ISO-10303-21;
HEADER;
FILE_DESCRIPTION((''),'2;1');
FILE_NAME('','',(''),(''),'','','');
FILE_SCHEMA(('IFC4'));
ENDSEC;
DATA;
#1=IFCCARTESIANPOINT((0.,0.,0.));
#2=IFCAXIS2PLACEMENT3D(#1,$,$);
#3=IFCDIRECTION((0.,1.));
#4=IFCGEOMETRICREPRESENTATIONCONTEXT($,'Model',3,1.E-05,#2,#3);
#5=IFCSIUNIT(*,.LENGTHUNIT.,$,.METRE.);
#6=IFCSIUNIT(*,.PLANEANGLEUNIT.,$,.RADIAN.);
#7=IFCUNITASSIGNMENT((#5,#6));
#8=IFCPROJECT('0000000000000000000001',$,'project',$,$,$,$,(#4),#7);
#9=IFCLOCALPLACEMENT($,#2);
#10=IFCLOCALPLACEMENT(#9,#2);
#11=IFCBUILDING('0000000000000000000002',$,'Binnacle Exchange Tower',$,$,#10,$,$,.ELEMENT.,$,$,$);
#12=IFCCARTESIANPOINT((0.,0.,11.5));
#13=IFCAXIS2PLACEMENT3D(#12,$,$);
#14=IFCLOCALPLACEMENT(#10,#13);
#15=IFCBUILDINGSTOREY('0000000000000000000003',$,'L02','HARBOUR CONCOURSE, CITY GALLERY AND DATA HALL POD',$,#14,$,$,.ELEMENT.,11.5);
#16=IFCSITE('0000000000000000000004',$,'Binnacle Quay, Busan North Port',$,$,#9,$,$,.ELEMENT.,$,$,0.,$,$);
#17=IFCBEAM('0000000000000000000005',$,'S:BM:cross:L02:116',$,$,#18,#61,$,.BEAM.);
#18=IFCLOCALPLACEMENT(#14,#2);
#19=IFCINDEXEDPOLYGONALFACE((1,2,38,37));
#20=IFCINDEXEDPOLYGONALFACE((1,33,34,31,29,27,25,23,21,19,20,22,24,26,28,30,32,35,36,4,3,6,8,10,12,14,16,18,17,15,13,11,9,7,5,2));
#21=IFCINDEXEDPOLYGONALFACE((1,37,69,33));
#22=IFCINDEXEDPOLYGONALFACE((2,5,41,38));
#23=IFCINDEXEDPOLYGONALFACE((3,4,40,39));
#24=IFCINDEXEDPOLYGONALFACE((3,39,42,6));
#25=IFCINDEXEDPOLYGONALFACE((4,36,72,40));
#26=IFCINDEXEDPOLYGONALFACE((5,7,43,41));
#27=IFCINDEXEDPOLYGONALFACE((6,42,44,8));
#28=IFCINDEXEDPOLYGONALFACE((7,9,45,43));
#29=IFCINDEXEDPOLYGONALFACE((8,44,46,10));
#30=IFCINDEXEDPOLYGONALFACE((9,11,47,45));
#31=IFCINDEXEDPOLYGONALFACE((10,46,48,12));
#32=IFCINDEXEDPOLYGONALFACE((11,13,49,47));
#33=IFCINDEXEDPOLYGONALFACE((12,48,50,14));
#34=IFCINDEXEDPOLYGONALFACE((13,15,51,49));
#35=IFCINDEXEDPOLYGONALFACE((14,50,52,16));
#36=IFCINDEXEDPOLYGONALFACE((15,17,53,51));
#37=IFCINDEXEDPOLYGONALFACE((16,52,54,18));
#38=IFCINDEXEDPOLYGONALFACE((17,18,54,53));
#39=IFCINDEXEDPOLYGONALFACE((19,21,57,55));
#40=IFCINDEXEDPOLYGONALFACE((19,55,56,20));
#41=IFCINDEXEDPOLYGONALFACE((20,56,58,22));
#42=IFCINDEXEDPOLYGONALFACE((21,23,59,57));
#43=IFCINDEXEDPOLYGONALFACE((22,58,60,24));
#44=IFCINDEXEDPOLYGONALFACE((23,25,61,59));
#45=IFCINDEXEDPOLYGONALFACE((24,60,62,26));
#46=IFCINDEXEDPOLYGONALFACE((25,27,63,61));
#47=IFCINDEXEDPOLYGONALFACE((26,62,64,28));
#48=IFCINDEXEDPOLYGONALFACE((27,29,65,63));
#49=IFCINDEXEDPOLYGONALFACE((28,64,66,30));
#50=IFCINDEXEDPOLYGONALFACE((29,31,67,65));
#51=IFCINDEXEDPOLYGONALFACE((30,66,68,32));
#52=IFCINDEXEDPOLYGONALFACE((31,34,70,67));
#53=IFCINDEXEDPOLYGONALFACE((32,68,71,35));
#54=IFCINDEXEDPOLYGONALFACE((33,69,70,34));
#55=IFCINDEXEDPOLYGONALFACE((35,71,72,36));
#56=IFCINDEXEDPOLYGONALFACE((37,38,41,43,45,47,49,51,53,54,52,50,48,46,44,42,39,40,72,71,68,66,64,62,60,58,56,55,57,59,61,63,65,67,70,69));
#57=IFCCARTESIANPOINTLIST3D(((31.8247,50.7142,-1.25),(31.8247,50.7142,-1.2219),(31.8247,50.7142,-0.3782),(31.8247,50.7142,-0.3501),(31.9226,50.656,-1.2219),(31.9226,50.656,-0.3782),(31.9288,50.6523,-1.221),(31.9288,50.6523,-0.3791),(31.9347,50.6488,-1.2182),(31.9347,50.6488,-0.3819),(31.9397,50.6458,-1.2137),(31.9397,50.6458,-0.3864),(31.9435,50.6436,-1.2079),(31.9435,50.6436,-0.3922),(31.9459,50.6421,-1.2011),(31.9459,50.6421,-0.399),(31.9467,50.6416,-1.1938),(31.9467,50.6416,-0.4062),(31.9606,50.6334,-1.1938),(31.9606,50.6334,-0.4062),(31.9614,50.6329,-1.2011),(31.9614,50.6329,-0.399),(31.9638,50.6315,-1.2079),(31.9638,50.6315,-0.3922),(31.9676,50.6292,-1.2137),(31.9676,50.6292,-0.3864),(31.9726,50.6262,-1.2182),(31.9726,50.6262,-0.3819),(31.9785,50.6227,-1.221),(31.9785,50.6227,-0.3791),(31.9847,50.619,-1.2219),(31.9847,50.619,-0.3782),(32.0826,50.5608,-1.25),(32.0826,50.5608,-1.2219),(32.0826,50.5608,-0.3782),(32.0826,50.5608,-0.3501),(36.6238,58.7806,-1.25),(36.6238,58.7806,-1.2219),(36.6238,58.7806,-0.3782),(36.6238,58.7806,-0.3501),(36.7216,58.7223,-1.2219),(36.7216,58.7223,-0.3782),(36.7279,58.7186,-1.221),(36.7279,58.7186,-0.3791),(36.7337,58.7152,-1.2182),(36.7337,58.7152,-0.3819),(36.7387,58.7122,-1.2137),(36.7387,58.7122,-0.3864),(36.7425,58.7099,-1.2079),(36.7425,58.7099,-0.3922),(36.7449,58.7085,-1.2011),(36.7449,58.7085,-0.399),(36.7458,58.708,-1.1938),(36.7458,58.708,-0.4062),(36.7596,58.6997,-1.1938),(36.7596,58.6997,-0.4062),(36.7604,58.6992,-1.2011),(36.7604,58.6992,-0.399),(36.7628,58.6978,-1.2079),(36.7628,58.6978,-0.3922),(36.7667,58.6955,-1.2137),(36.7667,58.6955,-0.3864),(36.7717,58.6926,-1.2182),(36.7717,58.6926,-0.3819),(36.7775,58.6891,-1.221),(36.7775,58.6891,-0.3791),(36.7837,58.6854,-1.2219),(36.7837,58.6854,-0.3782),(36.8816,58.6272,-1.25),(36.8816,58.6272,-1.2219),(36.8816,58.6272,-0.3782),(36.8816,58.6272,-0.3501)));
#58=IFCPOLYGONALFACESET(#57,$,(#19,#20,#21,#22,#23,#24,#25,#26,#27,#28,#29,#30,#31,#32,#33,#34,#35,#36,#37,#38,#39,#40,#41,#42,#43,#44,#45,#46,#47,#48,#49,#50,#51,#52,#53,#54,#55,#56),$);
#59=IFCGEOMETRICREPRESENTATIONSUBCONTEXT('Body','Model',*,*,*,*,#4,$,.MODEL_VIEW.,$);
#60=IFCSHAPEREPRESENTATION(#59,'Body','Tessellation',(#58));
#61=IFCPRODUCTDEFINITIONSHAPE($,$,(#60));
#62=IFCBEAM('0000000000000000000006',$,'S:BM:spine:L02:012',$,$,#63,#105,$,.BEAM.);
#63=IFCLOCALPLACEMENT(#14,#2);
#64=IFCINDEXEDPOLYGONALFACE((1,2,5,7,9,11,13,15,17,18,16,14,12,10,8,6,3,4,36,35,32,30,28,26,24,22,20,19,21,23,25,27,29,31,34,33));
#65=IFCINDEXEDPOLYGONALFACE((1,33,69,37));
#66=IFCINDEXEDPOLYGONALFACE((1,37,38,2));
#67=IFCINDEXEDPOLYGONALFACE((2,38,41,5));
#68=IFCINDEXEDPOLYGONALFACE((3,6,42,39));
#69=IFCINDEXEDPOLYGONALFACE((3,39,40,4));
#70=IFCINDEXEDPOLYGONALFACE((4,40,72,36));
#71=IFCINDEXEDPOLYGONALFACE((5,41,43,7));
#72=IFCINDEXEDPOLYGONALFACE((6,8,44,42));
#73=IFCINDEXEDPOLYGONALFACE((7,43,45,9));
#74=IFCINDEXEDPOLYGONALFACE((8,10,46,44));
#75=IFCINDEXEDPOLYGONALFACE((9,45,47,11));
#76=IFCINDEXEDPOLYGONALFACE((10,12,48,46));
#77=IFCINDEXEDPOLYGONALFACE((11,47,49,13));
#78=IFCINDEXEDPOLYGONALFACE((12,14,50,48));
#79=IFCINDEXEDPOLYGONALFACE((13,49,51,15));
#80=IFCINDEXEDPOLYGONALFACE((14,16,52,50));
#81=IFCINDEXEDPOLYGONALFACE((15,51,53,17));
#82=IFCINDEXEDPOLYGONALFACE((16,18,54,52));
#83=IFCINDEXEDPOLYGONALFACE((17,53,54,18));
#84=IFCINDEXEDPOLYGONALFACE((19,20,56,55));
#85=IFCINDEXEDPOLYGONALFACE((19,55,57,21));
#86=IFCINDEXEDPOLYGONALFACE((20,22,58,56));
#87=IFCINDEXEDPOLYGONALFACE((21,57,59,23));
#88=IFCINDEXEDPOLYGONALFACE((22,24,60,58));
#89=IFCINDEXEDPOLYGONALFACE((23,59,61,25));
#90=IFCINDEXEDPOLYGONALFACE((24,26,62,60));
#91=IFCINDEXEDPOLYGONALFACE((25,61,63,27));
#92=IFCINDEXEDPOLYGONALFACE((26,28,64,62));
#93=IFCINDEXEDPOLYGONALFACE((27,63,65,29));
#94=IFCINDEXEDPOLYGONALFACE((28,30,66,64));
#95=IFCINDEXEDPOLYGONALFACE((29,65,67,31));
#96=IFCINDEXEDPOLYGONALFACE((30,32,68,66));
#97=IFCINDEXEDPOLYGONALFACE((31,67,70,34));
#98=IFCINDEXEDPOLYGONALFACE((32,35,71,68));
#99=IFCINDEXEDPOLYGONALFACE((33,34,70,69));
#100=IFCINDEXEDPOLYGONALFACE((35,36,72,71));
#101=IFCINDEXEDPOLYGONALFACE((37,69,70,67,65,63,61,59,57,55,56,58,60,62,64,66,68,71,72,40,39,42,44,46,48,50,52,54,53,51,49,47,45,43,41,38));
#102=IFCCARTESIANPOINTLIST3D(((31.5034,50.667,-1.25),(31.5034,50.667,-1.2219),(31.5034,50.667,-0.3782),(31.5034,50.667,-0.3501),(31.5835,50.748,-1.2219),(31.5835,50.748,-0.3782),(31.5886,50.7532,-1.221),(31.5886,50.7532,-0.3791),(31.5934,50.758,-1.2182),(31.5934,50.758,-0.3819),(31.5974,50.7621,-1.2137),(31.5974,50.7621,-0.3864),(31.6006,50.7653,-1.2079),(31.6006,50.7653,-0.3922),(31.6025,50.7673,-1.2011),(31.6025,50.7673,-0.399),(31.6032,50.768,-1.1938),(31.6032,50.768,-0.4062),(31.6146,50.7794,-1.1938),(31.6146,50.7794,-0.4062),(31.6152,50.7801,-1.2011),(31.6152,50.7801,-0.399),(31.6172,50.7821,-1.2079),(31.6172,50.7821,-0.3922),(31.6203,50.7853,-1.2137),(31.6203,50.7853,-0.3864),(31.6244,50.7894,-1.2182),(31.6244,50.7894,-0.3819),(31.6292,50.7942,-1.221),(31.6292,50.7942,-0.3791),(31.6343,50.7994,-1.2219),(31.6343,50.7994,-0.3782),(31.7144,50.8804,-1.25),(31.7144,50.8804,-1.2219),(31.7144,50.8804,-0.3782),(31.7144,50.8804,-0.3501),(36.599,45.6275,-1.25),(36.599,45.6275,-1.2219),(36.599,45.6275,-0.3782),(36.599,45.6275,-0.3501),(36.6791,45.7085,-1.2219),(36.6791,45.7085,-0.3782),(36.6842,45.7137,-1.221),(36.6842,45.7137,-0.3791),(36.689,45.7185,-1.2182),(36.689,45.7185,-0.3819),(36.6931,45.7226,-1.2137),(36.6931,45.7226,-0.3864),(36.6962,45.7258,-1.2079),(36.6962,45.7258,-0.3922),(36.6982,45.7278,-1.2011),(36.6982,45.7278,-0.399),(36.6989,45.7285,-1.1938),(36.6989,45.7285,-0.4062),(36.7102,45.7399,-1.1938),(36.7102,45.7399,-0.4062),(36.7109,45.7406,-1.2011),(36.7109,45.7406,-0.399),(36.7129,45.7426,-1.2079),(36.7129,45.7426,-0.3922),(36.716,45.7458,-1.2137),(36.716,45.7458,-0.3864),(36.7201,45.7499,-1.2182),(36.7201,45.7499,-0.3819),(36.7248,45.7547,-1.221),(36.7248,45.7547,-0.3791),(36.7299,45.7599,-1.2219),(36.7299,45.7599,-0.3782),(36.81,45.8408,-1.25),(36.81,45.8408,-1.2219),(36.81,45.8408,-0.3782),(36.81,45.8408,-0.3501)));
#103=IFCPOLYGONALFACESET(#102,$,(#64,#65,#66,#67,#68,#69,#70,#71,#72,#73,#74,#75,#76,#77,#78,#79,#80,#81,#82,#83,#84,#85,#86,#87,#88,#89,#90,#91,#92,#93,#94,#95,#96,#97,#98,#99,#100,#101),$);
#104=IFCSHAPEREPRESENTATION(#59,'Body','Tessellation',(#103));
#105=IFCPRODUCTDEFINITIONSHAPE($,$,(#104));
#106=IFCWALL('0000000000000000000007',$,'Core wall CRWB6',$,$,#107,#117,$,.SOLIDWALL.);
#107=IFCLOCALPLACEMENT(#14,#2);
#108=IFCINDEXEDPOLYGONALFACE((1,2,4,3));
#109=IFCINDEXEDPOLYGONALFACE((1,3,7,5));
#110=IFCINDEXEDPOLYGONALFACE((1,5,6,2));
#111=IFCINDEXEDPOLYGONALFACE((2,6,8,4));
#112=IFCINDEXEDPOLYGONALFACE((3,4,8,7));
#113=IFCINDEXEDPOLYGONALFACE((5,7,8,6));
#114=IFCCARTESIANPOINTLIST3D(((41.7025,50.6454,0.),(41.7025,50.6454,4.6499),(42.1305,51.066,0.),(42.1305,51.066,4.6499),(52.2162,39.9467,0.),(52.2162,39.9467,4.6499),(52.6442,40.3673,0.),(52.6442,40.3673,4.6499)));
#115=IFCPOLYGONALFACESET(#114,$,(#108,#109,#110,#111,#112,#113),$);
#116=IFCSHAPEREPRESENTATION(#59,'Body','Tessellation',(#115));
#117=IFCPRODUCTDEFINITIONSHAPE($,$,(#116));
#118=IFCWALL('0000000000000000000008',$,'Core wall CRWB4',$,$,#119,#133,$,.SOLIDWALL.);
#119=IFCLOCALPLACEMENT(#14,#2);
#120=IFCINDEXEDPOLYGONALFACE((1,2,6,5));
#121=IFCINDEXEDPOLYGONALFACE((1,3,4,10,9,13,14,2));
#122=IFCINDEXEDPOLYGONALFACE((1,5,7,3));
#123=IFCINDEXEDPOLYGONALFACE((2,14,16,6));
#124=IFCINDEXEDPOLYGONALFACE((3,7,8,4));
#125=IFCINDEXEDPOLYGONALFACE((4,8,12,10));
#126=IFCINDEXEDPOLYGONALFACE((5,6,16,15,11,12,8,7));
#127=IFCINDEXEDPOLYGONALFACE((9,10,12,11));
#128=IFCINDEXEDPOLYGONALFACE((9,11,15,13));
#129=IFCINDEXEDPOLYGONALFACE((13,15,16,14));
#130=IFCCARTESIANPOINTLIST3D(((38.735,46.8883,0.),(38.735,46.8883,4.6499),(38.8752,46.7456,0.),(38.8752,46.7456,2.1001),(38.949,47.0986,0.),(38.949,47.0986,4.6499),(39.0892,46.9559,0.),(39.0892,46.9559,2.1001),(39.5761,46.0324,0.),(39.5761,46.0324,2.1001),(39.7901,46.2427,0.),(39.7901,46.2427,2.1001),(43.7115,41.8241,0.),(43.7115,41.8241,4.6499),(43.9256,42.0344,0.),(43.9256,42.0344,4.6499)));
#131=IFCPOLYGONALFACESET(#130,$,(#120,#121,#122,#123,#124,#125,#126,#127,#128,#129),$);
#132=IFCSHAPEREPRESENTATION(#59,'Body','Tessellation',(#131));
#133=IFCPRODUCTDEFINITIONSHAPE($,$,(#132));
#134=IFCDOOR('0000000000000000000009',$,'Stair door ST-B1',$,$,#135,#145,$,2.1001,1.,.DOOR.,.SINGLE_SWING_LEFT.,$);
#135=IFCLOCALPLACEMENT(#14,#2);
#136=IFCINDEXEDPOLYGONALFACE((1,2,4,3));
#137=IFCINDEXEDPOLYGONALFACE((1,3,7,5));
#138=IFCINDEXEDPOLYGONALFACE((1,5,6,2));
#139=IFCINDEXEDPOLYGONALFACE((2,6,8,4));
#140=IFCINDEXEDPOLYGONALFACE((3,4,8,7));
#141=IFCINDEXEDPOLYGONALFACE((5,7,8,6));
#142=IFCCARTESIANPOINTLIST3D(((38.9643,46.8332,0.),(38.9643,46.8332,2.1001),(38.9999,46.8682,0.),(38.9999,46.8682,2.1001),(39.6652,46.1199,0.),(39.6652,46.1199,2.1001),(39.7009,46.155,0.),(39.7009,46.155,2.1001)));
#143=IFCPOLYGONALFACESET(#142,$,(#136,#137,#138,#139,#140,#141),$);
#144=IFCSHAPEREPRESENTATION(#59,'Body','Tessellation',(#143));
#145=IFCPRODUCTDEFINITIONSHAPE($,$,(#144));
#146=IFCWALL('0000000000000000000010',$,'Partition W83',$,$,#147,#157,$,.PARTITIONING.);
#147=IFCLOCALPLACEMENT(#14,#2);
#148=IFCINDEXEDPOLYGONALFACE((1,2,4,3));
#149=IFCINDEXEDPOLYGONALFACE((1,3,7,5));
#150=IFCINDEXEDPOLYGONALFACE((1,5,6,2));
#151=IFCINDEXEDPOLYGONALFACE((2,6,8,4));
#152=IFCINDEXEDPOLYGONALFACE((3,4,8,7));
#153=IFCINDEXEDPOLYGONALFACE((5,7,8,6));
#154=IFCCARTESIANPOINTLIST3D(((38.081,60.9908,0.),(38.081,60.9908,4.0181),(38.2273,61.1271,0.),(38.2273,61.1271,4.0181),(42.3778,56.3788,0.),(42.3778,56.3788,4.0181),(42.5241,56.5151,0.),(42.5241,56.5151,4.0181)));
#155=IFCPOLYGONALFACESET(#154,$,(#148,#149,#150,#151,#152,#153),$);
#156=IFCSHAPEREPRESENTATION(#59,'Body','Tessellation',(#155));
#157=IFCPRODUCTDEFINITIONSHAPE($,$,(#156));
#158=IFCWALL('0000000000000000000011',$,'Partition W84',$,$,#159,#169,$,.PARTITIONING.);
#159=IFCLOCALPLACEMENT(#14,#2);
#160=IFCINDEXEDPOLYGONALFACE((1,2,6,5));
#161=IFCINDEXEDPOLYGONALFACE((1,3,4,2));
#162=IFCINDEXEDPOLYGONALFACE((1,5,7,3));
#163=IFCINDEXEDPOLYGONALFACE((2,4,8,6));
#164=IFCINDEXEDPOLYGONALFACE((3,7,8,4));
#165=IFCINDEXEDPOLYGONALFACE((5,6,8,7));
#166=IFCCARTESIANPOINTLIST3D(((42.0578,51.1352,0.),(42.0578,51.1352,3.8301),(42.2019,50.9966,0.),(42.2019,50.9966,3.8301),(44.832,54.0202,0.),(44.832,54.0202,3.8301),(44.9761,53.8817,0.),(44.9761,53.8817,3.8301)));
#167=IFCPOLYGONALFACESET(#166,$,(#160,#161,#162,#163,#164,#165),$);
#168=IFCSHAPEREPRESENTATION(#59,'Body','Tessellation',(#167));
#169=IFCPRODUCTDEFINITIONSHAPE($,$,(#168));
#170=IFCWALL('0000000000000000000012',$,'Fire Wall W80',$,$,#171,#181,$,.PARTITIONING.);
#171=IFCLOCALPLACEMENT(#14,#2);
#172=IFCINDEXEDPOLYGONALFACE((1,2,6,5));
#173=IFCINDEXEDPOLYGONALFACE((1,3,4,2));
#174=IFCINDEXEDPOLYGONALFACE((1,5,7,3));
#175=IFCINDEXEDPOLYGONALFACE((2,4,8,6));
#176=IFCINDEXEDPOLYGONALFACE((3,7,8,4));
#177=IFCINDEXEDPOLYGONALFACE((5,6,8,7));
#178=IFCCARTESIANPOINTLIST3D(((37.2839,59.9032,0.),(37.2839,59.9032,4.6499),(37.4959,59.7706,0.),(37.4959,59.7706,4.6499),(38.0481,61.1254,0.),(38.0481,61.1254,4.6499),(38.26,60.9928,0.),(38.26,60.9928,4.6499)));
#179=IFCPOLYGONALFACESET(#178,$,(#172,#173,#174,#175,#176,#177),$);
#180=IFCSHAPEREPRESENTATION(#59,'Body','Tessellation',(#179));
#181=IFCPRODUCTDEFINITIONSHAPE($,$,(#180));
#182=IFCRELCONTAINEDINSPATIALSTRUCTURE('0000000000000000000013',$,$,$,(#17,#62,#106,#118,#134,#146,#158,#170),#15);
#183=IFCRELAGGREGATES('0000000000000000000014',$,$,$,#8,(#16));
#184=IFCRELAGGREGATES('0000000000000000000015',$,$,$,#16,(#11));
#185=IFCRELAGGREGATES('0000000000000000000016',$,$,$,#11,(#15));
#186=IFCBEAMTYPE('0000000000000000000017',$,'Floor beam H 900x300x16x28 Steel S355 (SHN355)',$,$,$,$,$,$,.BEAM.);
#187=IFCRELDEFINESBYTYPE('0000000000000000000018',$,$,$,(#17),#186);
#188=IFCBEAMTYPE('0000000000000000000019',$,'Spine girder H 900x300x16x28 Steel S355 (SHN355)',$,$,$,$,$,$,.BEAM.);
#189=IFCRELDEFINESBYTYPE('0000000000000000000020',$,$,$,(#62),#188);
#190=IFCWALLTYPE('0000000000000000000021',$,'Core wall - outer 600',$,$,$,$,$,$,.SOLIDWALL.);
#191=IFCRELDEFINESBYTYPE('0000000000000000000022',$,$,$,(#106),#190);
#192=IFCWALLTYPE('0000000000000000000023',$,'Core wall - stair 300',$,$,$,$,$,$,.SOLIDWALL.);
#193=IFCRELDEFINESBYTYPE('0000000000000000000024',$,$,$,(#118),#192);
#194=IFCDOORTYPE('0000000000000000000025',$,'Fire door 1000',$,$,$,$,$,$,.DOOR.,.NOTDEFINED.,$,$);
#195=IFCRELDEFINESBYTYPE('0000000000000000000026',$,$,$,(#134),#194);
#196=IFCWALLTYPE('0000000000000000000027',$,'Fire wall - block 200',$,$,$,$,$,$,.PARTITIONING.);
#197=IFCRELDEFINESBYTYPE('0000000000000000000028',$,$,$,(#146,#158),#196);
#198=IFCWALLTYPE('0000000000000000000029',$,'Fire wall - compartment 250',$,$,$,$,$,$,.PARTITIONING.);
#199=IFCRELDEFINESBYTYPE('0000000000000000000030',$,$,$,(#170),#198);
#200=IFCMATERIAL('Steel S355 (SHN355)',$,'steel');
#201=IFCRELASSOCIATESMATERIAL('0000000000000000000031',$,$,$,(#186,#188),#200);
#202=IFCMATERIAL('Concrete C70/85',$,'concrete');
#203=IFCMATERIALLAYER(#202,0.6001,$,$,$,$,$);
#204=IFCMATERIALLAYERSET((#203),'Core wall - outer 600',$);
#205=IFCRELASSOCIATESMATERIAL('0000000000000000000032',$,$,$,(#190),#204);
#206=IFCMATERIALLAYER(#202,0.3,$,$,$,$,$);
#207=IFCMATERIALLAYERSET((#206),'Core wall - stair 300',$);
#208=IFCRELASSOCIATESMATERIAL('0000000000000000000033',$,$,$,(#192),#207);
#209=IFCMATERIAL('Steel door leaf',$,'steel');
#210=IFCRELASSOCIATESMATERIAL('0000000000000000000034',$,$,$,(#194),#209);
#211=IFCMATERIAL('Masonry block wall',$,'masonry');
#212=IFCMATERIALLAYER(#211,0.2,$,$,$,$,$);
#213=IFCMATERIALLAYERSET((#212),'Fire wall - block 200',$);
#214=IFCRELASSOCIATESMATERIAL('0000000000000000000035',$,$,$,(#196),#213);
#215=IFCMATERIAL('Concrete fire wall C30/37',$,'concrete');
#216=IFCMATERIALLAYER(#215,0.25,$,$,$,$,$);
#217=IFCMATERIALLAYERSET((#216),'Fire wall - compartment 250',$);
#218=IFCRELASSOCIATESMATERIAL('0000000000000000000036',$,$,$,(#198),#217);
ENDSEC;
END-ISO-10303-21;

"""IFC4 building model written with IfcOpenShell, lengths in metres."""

from ifc_helpers import new_model, si_unit, direction, frame, frame_2d, origin, origin_2d, place, context, subcontext, project, spatial, rectangle, i_section, extrude, material, layer, layer_set, material_profile, profile_set, type_object, element, fill, save


model = new_model("IFC4")

# Units and contexts
model_context = context("Model", 3, precision=1e-05, world=origin(), true_north=direction((0.0, 1.0)))
body_context = subcontext(model_context, "Body", "Model", "MODEL_VIEW")
ifc_project = project(units=[si_unit("LENGTHUNIT", "METRE"), si_unit("PLANEANGLEUNIT", "RADIAN")], contexts=[model_context])

# Site, building, storey
site_placement = place(None, origin())
site = spatial("IfcSite", under=ifc_project, at=site_placement, Name="Binnacle Quay, Busan North Port", CompositionType="ELEMENT", RefElevation=0.0)
building_placement = place(site_placement, origin())
building = spatial("IfcBuilding", under=site, at=building_placement, Name="Binnacle Exchange Tower", CompositionType="ELEMENT")
storey_placement = place(building_placement, frame((0.0, 0.0, 11.5)))
storey = spatial("IfcBuildingStorey", under=building, at=storey_placement, Name="L02", Description="HARBOUR CONCOURSE, CITY GALLERY AND DATA HALL POD", CompositionType="ELEMENT", Elevation=11.5)

# Shared definitions
ifc_material_1 = material(Name="Concrete C70/85", Category="concrete")

# Beams
ifc_material_2 = material(Name="Steel S355 (SHN355)", Category="steel")
ifc_material_profile_1 = material_profile(ifc_material_2, i_section(OverallWidth=0.3, OverallDepth=0.8999, WebThickness=0.0161, FlangeThickness=0.0281, FilletRadius=0.0281, at=origin_2d()), Name="H 900x300x16x28")
ifc_profile_set_1 = profile_set([ifc_material_profile_1], Name="Steel S355 (SHN355)")
beam_type_1 = type_object("IfcBeamType", Name="Floor beam H 900x300x16x28 Steel S355 (SHN355)", PredefinedType="BEAM", material=ifc_profile_set_1)
beam_1_placement = place(storey_placement, frame((36.7527, 58.7039, -0.8), z_axis=(-0.511298, -0.859403, 0.0), x_axis=(0.859403, -0.511298, 0.0)))
element("IfcBeam", 1, at=beam_1_placement, inside=storey, type_object=beam_type_1, Name="S:BM:cross:L02:116", PredefinedType="BEAM", context=body_context, shape_type="SweptSolid", body=[
    extrude(i_section(OverallWidth=0.3, OverallDepth=0.8999, WebThickness=0.0161, FlangeThickness=0.0281, FilletRadius=0.0281, at=origin_2d()), origin(), (0.0, 0.0, 1.0), 9.386),
])
ifc_material_profile_2 = material_profile(ifc_material_2, i_section(OverallWidth=0.3, OverallDepth=0.8999, WebThickness=0.0161, FlangeThickness=0.0281, FilletRadius=0.0281, at=origin_2d()), Name="H 900x300x16x28")
ifc_profile_set_2 = profile_set([ifc_material_profile_2], Name="Steel S355 (SHN355)")
beam_type_2 = type_object("IfcBeamType", Name="Spine girder H 900x300x16x28 Steel S355 (SHN355)", PredefinedType="BEAM", material=ifc_profile_set_2)
beam_2_placement = place(storey_placement, frame((31.6089, 50.7737, -0.8), z_axis=(0.711013, -0.703178, 0.0), x_axis=(0.703178, 0.711013, 0.0)))
element("IfcBeam", 2, at=beam_2_placement, inside=storey, type_object=beam_type_2, Name="S:BM:spine:L02:012", PredefinedType="BEAM", context=body_context, shape_type="SweptSolid", body=[
    extrude(i_section(OverallWidth=0.3, OverallDepth=0.8999, WebThickness=0.0161, FlangeThickness=0.0281, FilletRadius=0.0281, at=origin_2d()), origin(), (0.0, 0.0, 1.0), 7.1667),
])

# Wall
ifc_layer_1 = layer(ifc_material_1, 0.6001)
ifc_layer_set_1 = layer_set([ifc_layer_1], Name="Core wall - outer 600")
wall_type_1 = type_object("IfcWallType", Name="Core wall - outer 600", PredefinedType="SOLIDWALL", material=ifc_layer_set_1)
wall_1_placement = place(storey_placement, frame((41.9165, 50.8557, 0.0), z_axis=(0.0, 0.0, 1.0), x_axis=(0.700911, -0.713248, 0.0)))
element("IfcWall", 3, at=wall_1_placement, inside=storey, type_object=wall_type_1, Name="Core wall CRWB6", PredefinedType="SOLIDWALL", context=body_context, shape_type="SweptSolid", body=[
    extrude(rectangle(XDim=15.0, YDim=0.6001, at=frame_2d((7.5, 0.0))), origin(), (0.0, 0.0, 1.0), 4.6499),
])

# Wall, opening, door
ifc_layer_2 = layer(ifc_material_1, 0.3)
ifc_layer_set_2 = layer_set([ifc_layer_2], Name="Core wall - stair 300")
wall_type_2 = type_object("IfcWallType", Name="Core wall - stair 300", PredefinedType="SOLIDWALL", material=ifc_layer_set_2)
wall_2_placement = place(storey_placement, frame((38.842, 46.9934, 0.0), z_axis=(0.0, 0.0, 1.0), x_axis=(0.700908, -0.713252, 0.0)))
wall_2 = element("IfcWall", 4, at=wall_2_placement, inside=storey, type_object=wall_type_2, Name="Core wall CRWB4", PredefinedType="SOLIDWALL", context=body_context, shape_type="SweptSolid", body=[
    extrude(rectangle(XDim=7.1001, YDim=0.3, at=frame_2d((3.55, 0.0))), origin(), (0.0, 0.0, 1.0), 4.6499),
])
opening_1_placement = place(wall_2_placement, frame((0.2, 0.0, 0.0)))
opening_1 = element("IfcOpeningElement", 5, at=opening_1_placement, cuts=wall_2, PredefinedType="OPENING", context=body_context, shape_type="SweptSolid", body=[
    extrude(rectangle(XDim=1.0, YDim=2.1001, at=frame_2d((0.5, 1.05))), frame((0.0, 0.1599, 0.0), z_axis=(0.0, -1.0, 0.0), x_axis=(1.0, 0.0, 0.0)), (0.0, 0.0, 1.0), 0.3201),
])
ifc_material_3 = material(Name="Steel door leaf", Category="steel")
door_type_1 = type_object("IfcDoorType", Name="Fire door 1000", OperationType="NOTDEFINED", PredefinedType="DOOR", material=ifc_material_3)
door_1_placement = place(opening_1_placement, origin())
door_1 = element("IfcDoor", 6, at=door_1_placement, inside=storey, type_object=door_type_1, Name="Stair door ST-B1", OperationType="SINGLE_SWING_LEFT", OverallHeight=2.1001, OverallWidth=1.0, PredefinedType="DOOR", context=body_context, shape_type="SweptSolid", body=[
    extrude(rectangle(XDim=1.0, YDim=2.1001, at=frame_2d((0.5, 1.05))), frame((0.0, 0.0249, 0.0), z_axis=(0.0, -1.0, 0.0), x_axis=(1.0, 0.0, 0.0)), (0.0, 0.0, 1.0), 0.05),
])
fill(opening_1, door_1)

# Walls
ifc_material_4 = material(Name="Masonry block wall", Category="masonry")
ifc_layer_3 = layer(ifc_material_4, 0.2)
ifc_layer_set_3 = layer_set([ifc_layer_3], Name="Fire wall - block 200")
wall_type_3 = type_object("IfcWallType", Name="Fire wall - block 200", PredefinedType="PARTITIONING", material=ifc_layer_set_3)
wall_3_placement = place(storey_placement, frame((38.1541, 61.0591, 0.0), z_axis=(0.0, 0.0, 1.0), x_axis=(0.681664, -0.731665, 0.0)))
element("IfcWall", 7, at=wall_3_placement, inside=storey, type_object=wall_type_3, Name="Partition W83", PredefinedType="PARTITIONING", context=body_context, shape_type="SweptSolid", body=[
    extrude(rectangle(XDim=6.3035, YDim=0.2, at=frame_2d((3.1519, 0.0))), origin(), (0.0, 0.0, 1.0), 4.0181),
])
wall_4_placement = place(storey_placement, frame((42.1299, 51.0659, 0.0), z_axis=(0.0, 0.0, 1.0), x_axis=(0.693125, 0.720818, 0.0)))
element("IfcWall", 8, at=wall_4_placement, inside=storey, type_object=wall_type_3, Name="Partition W84", PredefinedType="PARTITIONING", context=body_context, shape_type="SweptSolid", body=[
    extrude(rectangle(XDim=4.0024, YDim=0.2, at=frame_2d((2.0012, 0.0))), origin(), (0.0, 0.0, 1.0), 3.8301),
])
ifc_material_5 = material(Name="Concrete fire wall C30/37", Category="concrete")
ifc_layer_4 = layer(ifc_material_5, 0.25)
ifc_layer_set_4 = layer_set([ifc_layer_4], Name="Fire wall - compartment 250")
wall_type_4 = type_object("IfcWallType", Name="Fire wall - compartment 250", PredefinedType="PARTITIONING", material=ifc_layer_set_4)
wall_5_placement = place(storey_placement, frame((37.3899, 59.8369, 0.0), z_axis=(0.0, 0.0, 1.0), x_axis=(0.530151, 0.847903, 0.0)))
element("IfcWall", 9, at=wall_5_placement, inside=storey, type_object=wall_type_4, Name="Fire Wall W80", PredefinedType="PARTITIONING", context=body_context, shape_type="SweptSolid", body=[
    extrude(rectangle(XDim=1.4414, YDim=0.25, at=frame_2d((0.7207, 0.0))), origin(), (0.0, 0.0, 1.0), 4.6499),
])

save(model, "model.ifc")
